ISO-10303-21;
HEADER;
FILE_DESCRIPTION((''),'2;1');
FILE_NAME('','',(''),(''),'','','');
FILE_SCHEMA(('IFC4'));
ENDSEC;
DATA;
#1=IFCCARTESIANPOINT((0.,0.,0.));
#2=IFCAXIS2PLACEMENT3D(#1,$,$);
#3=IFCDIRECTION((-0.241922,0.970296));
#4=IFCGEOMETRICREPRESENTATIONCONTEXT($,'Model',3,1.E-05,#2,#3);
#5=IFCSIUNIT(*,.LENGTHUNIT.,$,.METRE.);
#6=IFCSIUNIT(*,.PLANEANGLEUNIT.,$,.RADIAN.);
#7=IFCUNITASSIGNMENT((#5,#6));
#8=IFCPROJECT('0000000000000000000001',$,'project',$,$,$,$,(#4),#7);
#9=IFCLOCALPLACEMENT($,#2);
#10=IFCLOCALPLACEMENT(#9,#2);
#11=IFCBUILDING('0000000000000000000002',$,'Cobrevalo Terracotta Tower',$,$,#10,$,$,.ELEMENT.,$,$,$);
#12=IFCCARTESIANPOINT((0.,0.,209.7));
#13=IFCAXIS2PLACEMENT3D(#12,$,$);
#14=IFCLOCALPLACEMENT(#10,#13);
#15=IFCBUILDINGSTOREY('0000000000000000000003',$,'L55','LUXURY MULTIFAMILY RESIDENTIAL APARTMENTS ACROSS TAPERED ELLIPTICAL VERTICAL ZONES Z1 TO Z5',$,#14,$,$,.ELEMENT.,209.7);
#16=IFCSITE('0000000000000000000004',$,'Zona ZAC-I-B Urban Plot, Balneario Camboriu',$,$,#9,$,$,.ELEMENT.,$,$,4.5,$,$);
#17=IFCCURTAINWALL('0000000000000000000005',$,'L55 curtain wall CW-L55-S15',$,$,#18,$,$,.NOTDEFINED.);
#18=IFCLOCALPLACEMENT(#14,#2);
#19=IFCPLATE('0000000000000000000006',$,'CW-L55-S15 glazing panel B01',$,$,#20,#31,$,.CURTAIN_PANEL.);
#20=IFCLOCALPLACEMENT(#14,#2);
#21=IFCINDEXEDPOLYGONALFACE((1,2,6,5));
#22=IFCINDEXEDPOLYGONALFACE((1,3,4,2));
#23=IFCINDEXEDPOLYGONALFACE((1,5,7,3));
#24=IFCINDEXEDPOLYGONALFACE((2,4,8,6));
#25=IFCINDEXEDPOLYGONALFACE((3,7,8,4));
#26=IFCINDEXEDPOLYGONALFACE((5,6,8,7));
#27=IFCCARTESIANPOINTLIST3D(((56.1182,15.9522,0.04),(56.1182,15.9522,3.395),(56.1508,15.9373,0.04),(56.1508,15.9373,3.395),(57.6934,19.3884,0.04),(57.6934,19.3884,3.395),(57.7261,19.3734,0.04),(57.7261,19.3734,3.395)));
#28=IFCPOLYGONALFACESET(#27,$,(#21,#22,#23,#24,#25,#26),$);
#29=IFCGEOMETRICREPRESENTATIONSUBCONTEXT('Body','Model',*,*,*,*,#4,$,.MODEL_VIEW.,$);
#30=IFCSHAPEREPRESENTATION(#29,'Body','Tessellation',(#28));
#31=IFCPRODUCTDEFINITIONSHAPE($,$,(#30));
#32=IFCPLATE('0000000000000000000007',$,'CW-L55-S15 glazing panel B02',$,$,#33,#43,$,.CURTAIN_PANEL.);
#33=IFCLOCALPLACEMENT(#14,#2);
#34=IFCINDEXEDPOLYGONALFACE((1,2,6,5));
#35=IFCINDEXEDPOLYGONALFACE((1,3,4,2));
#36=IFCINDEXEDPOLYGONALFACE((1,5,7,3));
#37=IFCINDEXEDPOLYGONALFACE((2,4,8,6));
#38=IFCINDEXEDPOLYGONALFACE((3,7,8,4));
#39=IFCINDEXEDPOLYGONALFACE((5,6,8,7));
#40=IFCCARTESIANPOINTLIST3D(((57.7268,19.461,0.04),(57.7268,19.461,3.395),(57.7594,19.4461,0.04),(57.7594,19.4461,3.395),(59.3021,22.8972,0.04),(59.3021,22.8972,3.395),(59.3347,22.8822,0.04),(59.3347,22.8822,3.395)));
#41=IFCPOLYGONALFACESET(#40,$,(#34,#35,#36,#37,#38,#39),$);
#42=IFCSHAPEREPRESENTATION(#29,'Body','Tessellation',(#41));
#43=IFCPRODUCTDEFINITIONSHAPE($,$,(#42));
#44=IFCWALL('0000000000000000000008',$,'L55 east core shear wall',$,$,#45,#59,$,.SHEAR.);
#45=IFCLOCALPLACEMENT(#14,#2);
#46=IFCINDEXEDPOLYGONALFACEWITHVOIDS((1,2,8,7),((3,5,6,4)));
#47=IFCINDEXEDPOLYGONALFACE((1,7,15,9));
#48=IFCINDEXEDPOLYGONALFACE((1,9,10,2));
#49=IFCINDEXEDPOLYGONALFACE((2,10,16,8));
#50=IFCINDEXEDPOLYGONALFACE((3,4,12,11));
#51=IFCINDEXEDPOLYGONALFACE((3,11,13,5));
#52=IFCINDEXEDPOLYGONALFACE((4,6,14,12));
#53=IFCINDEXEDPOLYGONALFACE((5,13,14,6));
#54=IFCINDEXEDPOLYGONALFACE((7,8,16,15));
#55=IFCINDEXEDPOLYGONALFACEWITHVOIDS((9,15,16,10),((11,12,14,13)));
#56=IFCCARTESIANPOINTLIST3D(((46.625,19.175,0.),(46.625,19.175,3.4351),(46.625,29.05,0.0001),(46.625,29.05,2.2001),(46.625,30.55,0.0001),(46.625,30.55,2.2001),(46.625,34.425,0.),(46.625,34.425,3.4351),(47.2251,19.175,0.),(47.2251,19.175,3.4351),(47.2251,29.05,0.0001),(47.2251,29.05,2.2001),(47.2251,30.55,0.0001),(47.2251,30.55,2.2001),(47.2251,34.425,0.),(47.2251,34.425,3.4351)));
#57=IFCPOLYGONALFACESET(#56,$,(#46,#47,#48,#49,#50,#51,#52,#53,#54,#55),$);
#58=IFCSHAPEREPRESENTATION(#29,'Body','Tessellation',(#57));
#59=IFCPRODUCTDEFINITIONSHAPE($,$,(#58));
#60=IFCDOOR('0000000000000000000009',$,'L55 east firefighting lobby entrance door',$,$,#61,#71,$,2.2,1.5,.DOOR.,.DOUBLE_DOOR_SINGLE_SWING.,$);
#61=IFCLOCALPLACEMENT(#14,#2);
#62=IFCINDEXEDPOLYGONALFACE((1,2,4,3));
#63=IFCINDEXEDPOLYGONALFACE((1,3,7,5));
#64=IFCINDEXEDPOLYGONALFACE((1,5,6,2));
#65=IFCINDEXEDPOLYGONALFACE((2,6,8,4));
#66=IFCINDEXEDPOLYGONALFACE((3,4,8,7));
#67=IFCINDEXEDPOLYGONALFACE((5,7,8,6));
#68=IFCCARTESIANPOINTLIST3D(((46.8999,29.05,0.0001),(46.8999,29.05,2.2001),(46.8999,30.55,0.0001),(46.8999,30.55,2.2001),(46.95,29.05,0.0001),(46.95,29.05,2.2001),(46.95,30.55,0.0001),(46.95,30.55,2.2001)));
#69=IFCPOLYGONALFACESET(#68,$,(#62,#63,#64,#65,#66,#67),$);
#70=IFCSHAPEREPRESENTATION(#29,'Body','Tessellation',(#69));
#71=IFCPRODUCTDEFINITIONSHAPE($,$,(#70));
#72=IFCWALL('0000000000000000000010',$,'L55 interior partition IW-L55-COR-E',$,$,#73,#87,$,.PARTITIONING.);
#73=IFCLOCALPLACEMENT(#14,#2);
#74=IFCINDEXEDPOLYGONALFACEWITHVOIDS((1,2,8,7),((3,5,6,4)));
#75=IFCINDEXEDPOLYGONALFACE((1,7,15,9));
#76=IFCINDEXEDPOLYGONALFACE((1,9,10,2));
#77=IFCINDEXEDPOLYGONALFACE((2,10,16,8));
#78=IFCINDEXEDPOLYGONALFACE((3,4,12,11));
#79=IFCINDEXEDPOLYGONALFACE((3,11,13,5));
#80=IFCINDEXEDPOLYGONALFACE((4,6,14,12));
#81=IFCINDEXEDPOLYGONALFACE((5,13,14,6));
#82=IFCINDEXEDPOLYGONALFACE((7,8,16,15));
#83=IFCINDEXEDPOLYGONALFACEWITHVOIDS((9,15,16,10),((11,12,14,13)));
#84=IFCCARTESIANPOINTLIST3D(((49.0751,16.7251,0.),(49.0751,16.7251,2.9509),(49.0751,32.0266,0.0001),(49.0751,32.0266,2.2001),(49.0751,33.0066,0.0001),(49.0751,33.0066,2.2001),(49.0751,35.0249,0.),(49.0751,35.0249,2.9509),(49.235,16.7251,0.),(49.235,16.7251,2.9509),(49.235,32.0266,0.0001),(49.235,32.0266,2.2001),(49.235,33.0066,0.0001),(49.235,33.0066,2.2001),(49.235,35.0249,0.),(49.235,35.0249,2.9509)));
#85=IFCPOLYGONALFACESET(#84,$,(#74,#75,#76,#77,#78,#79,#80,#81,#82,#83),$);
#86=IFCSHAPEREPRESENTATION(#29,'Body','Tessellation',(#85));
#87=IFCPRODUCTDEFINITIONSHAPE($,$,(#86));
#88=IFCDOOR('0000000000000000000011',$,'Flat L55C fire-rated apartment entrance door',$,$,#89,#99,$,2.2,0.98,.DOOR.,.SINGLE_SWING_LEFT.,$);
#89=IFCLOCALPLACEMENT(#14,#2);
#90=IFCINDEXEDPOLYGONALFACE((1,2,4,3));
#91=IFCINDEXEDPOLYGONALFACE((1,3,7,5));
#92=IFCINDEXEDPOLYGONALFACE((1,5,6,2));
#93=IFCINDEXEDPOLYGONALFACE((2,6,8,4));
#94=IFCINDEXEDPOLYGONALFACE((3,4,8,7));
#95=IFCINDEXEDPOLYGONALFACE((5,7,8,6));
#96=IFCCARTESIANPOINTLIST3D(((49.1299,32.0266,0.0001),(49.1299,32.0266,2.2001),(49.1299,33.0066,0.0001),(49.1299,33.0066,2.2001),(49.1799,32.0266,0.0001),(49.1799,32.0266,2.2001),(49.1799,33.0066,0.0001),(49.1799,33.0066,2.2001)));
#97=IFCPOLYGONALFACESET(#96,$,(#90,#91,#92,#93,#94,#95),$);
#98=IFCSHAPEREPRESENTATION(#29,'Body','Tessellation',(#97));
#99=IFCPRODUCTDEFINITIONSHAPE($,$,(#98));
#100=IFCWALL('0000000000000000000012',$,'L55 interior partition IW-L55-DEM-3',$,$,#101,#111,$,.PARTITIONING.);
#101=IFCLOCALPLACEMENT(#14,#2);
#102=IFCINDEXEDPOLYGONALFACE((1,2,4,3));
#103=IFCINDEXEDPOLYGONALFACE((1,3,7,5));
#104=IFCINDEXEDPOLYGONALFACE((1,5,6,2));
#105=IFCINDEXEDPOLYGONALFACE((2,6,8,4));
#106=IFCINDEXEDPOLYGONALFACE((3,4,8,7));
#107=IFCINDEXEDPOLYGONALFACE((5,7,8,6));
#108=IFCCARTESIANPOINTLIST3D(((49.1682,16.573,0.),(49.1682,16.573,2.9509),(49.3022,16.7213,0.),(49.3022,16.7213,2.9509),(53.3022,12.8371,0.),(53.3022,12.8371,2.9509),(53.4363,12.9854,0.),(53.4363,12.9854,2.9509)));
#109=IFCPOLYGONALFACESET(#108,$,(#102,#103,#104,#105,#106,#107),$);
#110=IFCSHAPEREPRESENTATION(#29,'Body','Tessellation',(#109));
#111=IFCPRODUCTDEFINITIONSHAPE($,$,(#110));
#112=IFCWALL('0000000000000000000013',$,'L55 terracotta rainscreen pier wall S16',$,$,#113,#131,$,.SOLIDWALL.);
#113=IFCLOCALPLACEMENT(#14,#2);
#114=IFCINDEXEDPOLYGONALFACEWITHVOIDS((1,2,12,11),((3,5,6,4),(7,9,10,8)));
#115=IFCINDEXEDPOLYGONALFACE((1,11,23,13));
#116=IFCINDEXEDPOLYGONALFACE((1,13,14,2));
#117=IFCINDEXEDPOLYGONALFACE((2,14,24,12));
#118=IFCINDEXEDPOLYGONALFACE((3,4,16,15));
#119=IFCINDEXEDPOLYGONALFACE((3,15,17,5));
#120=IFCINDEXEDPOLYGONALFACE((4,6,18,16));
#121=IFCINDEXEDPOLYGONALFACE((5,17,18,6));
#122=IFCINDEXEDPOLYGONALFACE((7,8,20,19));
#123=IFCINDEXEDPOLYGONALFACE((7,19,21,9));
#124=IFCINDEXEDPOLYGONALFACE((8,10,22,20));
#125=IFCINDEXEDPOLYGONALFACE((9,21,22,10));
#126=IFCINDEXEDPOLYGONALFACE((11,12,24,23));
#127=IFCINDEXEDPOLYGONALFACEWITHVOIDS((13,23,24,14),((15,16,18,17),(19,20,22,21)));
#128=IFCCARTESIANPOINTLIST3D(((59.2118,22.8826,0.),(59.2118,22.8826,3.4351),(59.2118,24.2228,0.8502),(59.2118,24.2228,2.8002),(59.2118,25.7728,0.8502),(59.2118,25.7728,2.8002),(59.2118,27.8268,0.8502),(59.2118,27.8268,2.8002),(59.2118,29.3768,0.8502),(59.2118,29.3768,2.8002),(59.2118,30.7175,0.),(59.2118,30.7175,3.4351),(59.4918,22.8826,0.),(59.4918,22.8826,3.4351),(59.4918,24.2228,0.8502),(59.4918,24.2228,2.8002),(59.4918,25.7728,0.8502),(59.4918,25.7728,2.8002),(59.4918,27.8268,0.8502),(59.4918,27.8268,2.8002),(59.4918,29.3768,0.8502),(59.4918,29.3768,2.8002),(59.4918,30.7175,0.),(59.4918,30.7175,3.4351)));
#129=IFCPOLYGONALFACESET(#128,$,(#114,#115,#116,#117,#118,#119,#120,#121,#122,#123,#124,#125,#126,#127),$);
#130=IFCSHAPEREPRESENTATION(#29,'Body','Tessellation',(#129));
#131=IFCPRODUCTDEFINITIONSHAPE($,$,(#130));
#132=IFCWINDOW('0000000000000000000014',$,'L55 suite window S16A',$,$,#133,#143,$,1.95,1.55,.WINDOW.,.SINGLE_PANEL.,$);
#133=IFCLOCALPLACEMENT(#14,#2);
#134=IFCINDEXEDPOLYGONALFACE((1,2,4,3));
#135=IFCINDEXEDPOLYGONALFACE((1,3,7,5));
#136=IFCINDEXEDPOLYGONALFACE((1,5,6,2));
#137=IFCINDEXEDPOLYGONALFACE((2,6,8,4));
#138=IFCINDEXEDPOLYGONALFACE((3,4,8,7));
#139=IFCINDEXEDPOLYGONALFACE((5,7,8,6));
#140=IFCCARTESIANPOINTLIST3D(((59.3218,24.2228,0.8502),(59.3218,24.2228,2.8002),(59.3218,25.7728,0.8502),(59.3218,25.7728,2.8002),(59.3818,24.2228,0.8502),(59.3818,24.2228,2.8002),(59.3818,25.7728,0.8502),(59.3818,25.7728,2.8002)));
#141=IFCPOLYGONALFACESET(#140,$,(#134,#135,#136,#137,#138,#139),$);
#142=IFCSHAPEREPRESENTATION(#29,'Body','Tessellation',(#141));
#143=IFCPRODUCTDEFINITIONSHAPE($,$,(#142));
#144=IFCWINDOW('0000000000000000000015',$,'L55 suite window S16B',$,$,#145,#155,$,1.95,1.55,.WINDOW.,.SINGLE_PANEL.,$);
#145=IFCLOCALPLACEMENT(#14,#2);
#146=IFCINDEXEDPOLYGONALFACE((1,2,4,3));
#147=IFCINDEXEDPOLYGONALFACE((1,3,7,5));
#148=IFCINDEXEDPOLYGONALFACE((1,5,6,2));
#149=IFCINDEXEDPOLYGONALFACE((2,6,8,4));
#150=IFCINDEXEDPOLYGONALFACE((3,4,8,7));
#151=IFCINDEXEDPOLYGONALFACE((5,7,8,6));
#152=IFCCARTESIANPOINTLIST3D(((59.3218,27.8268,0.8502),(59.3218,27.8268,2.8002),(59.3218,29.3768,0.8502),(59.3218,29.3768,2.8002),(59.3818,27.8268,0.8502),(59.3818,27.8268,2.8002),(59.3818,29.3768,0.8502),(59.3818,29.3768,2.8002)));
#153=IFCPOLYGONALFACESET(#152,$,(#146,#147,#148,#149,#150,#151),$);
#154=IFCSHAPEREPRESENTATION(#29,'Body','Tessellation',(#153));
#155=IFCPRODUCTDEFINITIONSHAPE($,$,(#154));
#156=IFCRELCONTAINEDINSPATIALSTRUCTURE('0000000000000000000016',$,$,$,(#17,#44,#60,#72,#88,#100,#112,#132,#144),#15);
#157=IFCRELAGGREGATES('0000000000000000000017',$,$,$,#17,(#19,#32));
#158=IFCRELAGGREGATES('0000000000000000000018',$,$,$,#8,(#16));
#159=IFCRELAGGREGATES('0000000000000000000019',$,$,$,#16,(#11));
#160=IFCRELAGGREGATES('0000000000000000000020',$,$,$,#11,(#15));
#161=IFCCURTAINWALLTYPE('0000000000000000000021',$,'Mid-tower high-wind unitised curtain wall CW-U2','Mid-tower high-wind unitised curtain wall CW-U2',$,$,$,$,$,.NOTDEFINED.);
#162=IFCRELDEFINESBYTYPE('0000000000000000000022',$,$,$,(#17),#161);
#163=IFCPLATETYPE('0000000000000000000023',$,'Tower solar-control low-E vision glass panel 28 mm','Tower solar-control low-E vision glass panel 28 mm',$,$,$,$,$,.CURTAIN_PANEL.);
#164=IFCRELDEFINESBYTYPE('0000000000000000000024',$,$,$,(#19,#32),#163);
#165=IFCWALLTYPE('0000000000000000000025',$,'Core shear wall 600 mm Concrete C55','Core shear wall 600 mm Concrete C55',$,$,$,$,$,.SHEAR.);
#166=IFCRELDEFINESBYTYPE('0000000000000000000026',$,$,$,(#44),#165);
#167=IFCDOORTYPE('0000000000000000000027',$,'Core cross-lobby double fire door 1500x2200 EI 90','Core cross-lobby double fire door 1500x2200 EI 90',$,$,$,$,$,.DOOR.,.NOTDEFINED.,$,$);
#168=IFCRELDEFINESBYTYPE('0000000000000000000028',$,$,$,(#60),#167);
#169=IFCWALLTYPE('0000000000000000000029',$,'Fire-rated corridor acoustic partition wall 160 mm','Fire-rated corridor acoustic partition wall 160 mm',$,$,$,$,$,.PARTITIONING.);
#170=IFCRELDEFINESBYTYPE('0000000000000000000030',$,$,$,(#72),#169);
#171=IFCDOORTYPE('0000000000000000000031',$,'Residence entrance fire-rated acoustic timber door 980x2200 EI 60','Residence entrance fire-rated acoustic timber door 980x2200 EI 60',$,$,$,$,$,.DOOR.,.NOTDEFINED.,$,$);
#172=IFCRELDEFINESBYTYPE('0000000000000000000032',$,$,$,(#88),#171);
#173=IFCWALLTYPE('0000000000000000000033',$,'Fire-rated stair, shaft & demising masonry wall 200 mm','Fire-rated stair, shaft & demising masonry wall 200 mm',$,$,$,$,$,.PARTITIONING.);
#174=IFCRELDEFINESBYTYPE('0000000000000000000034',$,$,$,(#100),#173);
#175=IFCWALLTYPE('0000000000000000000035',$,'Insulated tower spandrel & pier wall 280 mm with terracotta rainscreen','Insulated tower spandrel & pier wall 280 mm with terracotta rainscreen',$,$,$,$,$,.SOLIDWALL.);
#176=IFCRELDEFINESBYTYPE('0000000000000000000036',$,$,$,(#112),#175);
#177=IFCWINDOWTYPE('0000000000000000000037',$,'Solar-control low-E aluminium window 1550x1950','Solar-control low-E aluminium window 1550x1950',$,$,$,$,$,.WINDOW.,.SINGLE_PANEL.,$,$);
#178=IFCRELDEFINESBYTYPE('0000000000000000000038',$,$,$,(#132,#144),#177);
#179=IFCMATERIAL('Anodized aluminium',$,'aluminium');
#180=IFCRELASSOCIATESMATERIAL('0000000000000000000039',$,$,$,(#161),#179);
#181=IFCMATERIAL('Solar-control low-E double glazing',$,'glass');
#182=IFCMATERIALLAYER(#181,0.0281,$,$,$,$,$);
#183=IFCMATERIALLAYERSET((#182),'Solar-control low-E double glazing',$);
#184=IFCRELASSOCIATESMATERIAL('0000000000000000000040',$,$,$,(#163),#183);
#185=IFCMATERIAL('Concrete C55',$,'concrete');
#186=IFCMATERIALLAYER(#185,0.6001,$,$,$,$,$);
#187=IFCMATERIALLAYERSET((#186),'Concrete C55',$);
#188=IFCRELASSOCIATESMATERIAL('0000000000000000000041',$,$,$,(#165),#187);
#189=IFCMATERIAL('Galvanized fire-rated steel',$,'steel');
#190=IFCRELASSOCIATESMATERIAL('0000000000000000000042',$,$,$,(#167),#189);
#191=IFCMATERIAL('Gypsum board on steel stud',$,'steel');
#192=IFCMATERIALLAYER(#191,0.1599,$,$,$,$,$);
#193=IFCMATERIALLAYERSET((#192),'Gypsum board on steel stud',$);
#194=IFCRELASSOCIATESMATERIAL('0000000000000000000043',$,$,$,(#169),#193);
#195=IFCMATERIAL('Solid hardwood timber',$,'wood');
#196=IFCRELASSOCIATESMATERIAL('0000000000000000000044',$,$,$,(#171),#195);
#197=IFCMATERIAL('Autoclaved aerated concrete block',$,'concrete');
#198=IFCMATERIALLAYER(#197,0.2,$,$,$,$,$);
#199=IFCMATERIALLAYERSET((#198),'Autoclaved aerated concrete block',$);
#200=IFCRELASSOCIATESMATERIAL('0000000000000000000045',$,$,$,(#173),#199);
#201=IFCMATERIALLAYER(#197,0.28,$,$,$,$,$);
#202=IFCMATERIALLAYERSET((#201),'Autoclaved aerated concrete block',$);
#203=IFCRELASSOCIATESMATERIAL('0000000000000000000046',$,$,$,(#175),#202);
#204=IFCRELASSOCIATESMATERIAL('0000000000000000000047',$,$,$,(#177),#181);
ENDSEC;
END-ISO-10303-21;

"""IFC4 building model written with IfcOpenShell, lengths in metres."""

from ifc_helpers import new_model, si_unit, direction, frame, frame_2d, origin, origin_2d, place, context, subcontext, project, spatial, rectangle, extrude, source, transform, mapped, material, layer, layer_set, type_object, element, fill, aggregate, save


model = new_model("IFC4")

# Units and contexts
model_context = context("Model", 3, precision=1e-05, world=origin(), true_north=direction((-0.241922, 0.970296)))
body_context = subcontext(model_context, "Body", "Model", "MODEL_VIEW")
ifc_project = project(units=[si_unit("LENGTHUNIT", "METRE"), si_unit("PLANEANGLEUNIT", "RADIAN")], contexts=[model_context])

# Site, building, storey
site_placement = place(None, origin())
site = spatial("IfcSite", under=ifc_project, at=site_placement, Name="Zona ZAC-I-B Urban Plot, Balneario Camboriu", CompositionType="ELEMENT", RefElevation=4.5)
building_placement = place(site_placement, origin())
building = spatial("IfcBuilding", under=site, at=building_placement, Name="Cobrevalo Terracotta Tower", CompositionType="ELEMENT")
storey_placement = place(building_placement, frame((0.0, 0.0, 209.7)))
storey = spatial("IfcBuildingStorey", under=building, at=storey_placement, Name="L55", Description="LUXURY MULTIFAMILY RESIDENTIAL APARTMENTS ACROSS TAPERED ELLIPTICAL VERTICAL ZONES Z1 TO Z5", CompositionType="ELEMENT", Elevation=209.7)

# Curtain wall, plates
ifc_material_1 = material(Name="Anodized aluminium", Category="aluminium")
curtain_wall_type = type_object("IfcCurtainWallType", Name="Mid-tower high-wind unitised curtain wall CW-U2", Description="Mid-tower high-wind unitised curtain wall CW-U2", PredefinedType="NOTDEFINED", material=ifc_material_1)
curtain_wall_placement = place(storey_placement, origin())
curtain_wall = element("IfcCurtainWall", 1, at=curtain_wall_placement, inside=storey, type_object=curtain_wall_type, Name="L55 curtain wall CW-L55-S15", PredefinedType="NOTDEFINED")
ifc_material_2 = material(Name="Solar-control low-E double glazing", Category="glass")
ifc_layer_1 = layer(ifc_material_2, 0.0281)
ifc_layer_set_1 = layer_set([ifc_layer_1], Name="Solar-control low-E double glazing")
plate_type = type_object("IfcPlateType", Name="Tower solar-control low-E vision glass panel 28 mm", Description="Tower solar-control low-E vision glass panel 28 mm", PredefinedType="CURTAIN_PANEL", material=ifc_layer_set_1)
shared_shape_1 = source(origin(), body_context, "Body", "SweptSolid", [
    extrude(rectangle(XDim=3.78, YDim=0.0359, at=origin_2d()), origin(), (0.0, 0.0, 1.0), 3.355),
])
plate_1_placement = place(storey_placement, frame((56.9221, 17.6628, 0.04), z_axis=(0.0, 0.0, 1.0), x_axis=(0.416731, 0.90903, 0.0)))
plate_1 = element("IfcPlate", 2, at=plate_1_placement, type_object=plate_type, Name="CW-L55-S15 glazing panel B01", PredefinedType="CURTAIN_PANEL", context=body_context, shape_type="MappedRepresentation", body=[
    mapped(shared_shape_1, transform((0.0, 0.0, 0.0), scale=1.0)),
])
plate_2_placement = place(storey_placement, frame((58.5308, 21.1716, 0.04), z_axis=(0.0, 0.0, 1.0), x_axis=(0.416731, 0.90903, 0.0)))
plate_2 = element("IfcPlate", 3, at=plate_2_placement, type_object=plate_type, Name="CW-L55-S15 glazing panel B02", PredefinedType="CURTAIN_PANEL", context=body_context, shape_type="MappedRepresentation", body=[
    mapped(shared_shape_1, transform((0.0, 0.0, 0.0), scale=1.0)),
])
aggregate(curtain_wall, [plate_1, plate_2])

# Walls, openings, doors
ifc_material_3 = material(Name="Concrete C55", Category="concrete")
ifc_layer_2 = layer(ifc_material_3, 0.6001)
ifc_layer_set_2 = layer_set([ifc_layer_2], Name="Concrete C55")
wall_type_1 = type_object("IfcWallType", Name="Core shear wall 600 mm Concrete C55", Description="Core shear wall 600 mm Concrete C55", PredefinedType="SHEAR", material=ifc_layer_set_2)
wall_1_placement = place(storey_placement, frame((46.925, 19.175, 0.0), z_axis=(0.0, 0.0, 1.0), x_axis=(0.0, 1.0, 0.0)))
wall_1 = element("IfcWall", 4, at=wall_1_placement, inside=storey, type_object=wall_type_1, Name="L55 east core shear wall", PredefinedType="SHEAR", context=body_context, shape_type="SweptSolid", body=[
    extrude(rectangle(XDim=15.25, YDim=0.6001, at=frame_2d((7.625, 0.0))), origin(), (0.0, 0.0, 1.0), 3.4351),
])
opening_1_placement = place(wall_1_placement, frame((9.875, 0.0, 0.0)))
opening_1 = element("IfcOpeningElement", 5, at=opening_1_placement, cuts=wall_1, PredefinedType="OPENING", context=body_context, shape_type="SweptSolid", body=[
    extrude(rectangle(XDim=1.5, YDim=2.2, at=frame_2d((0.75, 1.1001))), frame((0.0, 0.3101, 0.0), z_axis=(0.0, -1.0, 0.0), x_axis=(1.0, 0.0, 0.0)), (0.0, 0.0, 1.0), 0.6201),
])
ifc_material_4 = material(Name="Galvanized fire-rated steel", Category="steel")
door_type_1 = type_object("IfcDoorType", Name="Core cross-lobby double fire door 1500x2200 EI 90", Description="Core cross-lobby double fire door 1500x2200 EI 90", OperationType="NOTDEFINED", PredefinedType="DOOR", material=ifc_material_4)
shared_shape_2 = source(origin(), body_context, "Body", "SweptSolid", [
    extrude(rectangle(XDim=1.5, YDim=2.2, at=frame_2d((0.75, 1.1001))), frame((0.0, 0.0249, 0.0), z_axis=(0.0, -1.0, 0.0), x_axis=(1.0, 0.0, 0.0)), (0.0, 0.0, 1.0), 0.05),
])
door_1_placement = place(opening_1_placement, frame((1.5, 0.0, 0.0), z_axis=(0.0, 0.0, 1.0), x_axis=(-1.0, 0.0, 0.0)))
door_1 = element("IfcDoor", 6, at=door_1_placement, inside=storey, type_object=door_type_1, Name="L55 east firefighting lobby entrance door", OperationType="DOUBLE_DOOR_SINGLE_SWING", OverallHeight=2.2, OverallWidth=1.5, PredefinedType="DOOR", context=body_context, shape_type="MappedRepresentation", body=[
    mapped(shared_shape_2, transform((0.0, 0.0, 0.0), scale=1.0)),
])
fill(opening_1, door_1)
ifc_material_5 = material(Name="Gypsum board on steel stud", Category="steel")
ifc_layer_3 = layer(ifc_material_5, 0.1599)
ifc_layer_set_3 = layer_set([ifc_layer_3], Name="Gypsum board on steel stud")
wall_type_2 = type_object("IfcWallType", Name="Fire-rated corridor acoustic partition wall 160 mm", Description="Fire-rated corridor acoustic partition wall 160 mm", PredefinedType="PARTITIONING", material=ifc_layer_set_3)
wall_2_placement = place(storey_placement, frame((49.155, 16.7251, 0.0), z_axis=(0.0, 0.0, 1.0), x_axis=(0.0, 1.0, 0.0)))
wall_2 = element("IfcWall", 7, at=wall_2_placement, inside=storey, type_object=wall_type_2, Name="L55 interior partition IW-L55-COR-E", PredefinedType="PARTITIONING", context=body_context, shape_type="SweptSolid", body=[
    extrude(rectangle(XDim=18.2998, YDim=0.1599, at=frame_2d((9.1499, 0.0))), origin(), (0.0, 0.0, 1.0), 2.9509),
])
opening_2_placement = place(wall_2_placement, frame((15.3015, 0.0, 0.0)))
opening_2 = element("IfcOpeningElement", 8, at=opening_2_placement, cuts=wall_2, PredefinedType="OPENING", context=body_context, shape_type="SweptSolid", body=[
    extrude(rectangle(XDim=0.98, YDim=2.2, at=frame_2d((0.49, 1.1001))), frame((0.0, 0.0898, 0.0), z_axis=(0.0, -1.0, 0.0), x_axis=(1.0, 0.0, 0.0)), (0.0, 0.0, 1.0), 0.1799),
])
ifc_material_6 = material(Name="Solid hardwood timber", Category="wood")
door_type_2 = type_object("IfcDoorType", Name="Residence entrance fire-rated acoustic timber door 980x2200 EI 60", Description="Residence entrance fire-rated acoustic timber door 980x2200 EI 60", OperationType="NOTDEFINED", PredefinedType="DOOR", material=ifc_material_6)
shared_shape_3 = source(origin(), body_context, "Body", "SweptSolid", [
    extrude(rectangle(XDim=0.98, YDim=2.2, at=frame_2d((0.49, 1.1001))), frame((0.0, 0.0249, 0.0), z_axis=(0.0, -1.0, 0.0), x_axis=(1.0, 0.0, 0.0)), (0.0, 0.0, 1.0), 0.05),
])
door_2_placement = place(opening_2_placement, frame((0.98, 0.0, 0.0), z_axis=(0.0, 0.0, 1.0), x_axis=(-1.0, 0.0, 0.0)))
door_2 = element("IfcDoor", 9, at=door_2_placement, inside=storey, type_object=door_type_2, Name="Flat L55C fire-rated apartment entrance door", OperationType="SINGLE_SWING_LEFT", OverallHeight=2.2, OverallWidth=0.98, PredefinedType="DOOR", context=body_context, shape_type="MappedRepresentation", body=[
    mapped(shared_shape_3, transform((0.0, 0.0, 0.0), scale=1.0)),
])
fill(opening_2, door_2)

# Wall
ifc_material_7 = material(Name="Autoclaved aerated concrete block", Category="concrete")
ifc_layer_4 = layer(ifc_material_7, 0.2)
ifc_layer_set_4 = layer_set([ifc_layer_4], Name="Autoclaved aerated concrete block")
wall_type_3 = type_object("IfcWallType", Name="Fire-rated stair, shaft & demising masonry wall 200 mm", Description="Fire-rated stair, shaft & demising masonry wall 200 mm", PredefinedType="PARTITIONING", material=ifc_layer_set_4)
wall_3_placement = place(storey_placement, frame((49.2351, 16.6472, 0.0), z_axis=(0.0, 0.0, 1.0), x_axis=(0.741935, -0.670471, 0.0)))
element("IfcWall", 10, at=wall_3_placement, inside=storey, type_object=wall_type_3, Name="L55 interior partition IW-L55-DEM-3", PredefinedType="PARTITIONING", context=body_context, shape_type="SweptSolid", body=[
    extrude(rectangle(XDim=5.572, YDim=0.2, at=frame_2d((2.7861, 0.0))), origin(), (0.0, 0.0, 1.0), 2.9509),
])

# Wall, openings, windows
ifc_layer_5 = layer(ifc_material_7, 0.28)
ifc_layer_set_5 = layer_set([ifc_layer_5], Name="Autoclaved aerated concrete block")
wall_type_4 = type_object("IfcWallType", Name="Insulated tower spandrel & pier wall 280 mm with terracotta rainscreen", Description="Insulated tower spandrel & pier wall 280 mm with terracotta rainscreen", PredefinedType="SOLIDWALL", material=ifc_layer_set_5)
wall_4_placement = place(storey_placement, frame((59.3518, 22.8826, 0.0), z_axis=(0.0, 0.0, 1.0), x_axis=(0.0, 1.0, 0.0)))
wall_4 = element("IfcWall", 11, at=wall_4_placement, inside=storey, type_object=wall_type_4, Name="L55 terracotta rainscreen pier wall S16", PredefinedType="SOLIDWALL", context=body_context, shape_type="SweptSolid", body=[
    extrude(rectangle(XDim=7.835, YDim=0.28, at=frame_2d((3.9175, 0.0))), origin(), (0.0, 0.0, 1.0), 3.4351),
])
opening_3_placement = place(wall_4_placement, frame((1.3403, 0.0, 0.8501)))
opening_3 = element("IfcOpeningElement", 12, at=opening_3_placement, cuts=wall_4, PredefinedType="OPENING", context=body_context, shape_type="SweptSolid", body=[
    extrude(rectangle(XDim=1.55, YDim=1.95, at=frame_2d((0.7749, 0.9751))), frame((0.0, 0.1499, 0.0), z_axis=(0.0, -1.0, 0.0), x_axis=(1.0, 0.0, 0.0)), (0.0, 0.0, 1.0), 0.3),
])
opening_4_placement = place(wall_4_placement, frame((4.9443, 0.0, 0.8501)))
opening_4 = element("IfcOpeningElement", 13, at=opening_4_placement, cuts=wall_4, PredefinedType="OPENING", context=body_context, shape_type="SweptSolid", body=[
    extrude(rectangle(XDim=1.55, YDim=1.95, at=frame_2d((0.7749, 0.9751))), frame((0.0, 0.1499, 0.0), z_axis=(0.0, -1.0, 0.0), x_axis=(1.0, 0.0, 0.0)), (0.0, 0.0, 1.0), 0.3),
])
window_type = type_object("IfcWindowType", Name="Solar-control low-E aluminium window 1550x1950", Description="Solar-control low-E aluminium window 1550x1950", PartitioningType="SINGLE_PANEL", PredefinedType="WINDOW", material=ifc_material_2)
shared_shape_4 = source(origin(), body_context, "Body", "SweptSolid", [
    extrude(rectangle(XDim=1.55, YDim=1.95, at=frame_2d((0.7749, 0.9751))), frame((0.0, 0.03, 0.0), z_axis=(0.0, -1.0, 0.0), x_axis=(1.0, 0.0, 0.0)), (0.0, 0.0, 1.0), 0.0601),
])
window_1_placement = place(opening_3_placement, origin())
window_1 = element("IfcWindow", 14, at=window_1_placement, inside=storey, type_object=window_type, Name="L55 suite window S16A", OverallHeight=1.95, OverallWidth=1.55, PartitioningType="SINGLE_PANEL", PredefinedType="WINDOW", context=body_context, shape_type="MappedRepresentation", body=[
    mapped(shared_shape_4, transform((0.0, 0.0, 0.0), scale=1.0)),
])
fill(opening_3, window_1)
window_2_placement = place(opening_4_placement, origin())
window_2 = element("IfcWindow", 15, at=window_2_placement, inside=storey, type_object=window_type, Name="L55 suite window S16B", OverallHeight=1.95, OverallWidth=1.55, PartitioningType="SINGLE_PANEL", PredefinedType="WINDOW", context=body_context, shape_type="MappedRepresentation", body=[
    mapped(shared_shape_4, transform((0.0, 0.0, 0.0), scale=1.0)),
])
fill(opening_4, window_2)

save(model, "model.ifc")
